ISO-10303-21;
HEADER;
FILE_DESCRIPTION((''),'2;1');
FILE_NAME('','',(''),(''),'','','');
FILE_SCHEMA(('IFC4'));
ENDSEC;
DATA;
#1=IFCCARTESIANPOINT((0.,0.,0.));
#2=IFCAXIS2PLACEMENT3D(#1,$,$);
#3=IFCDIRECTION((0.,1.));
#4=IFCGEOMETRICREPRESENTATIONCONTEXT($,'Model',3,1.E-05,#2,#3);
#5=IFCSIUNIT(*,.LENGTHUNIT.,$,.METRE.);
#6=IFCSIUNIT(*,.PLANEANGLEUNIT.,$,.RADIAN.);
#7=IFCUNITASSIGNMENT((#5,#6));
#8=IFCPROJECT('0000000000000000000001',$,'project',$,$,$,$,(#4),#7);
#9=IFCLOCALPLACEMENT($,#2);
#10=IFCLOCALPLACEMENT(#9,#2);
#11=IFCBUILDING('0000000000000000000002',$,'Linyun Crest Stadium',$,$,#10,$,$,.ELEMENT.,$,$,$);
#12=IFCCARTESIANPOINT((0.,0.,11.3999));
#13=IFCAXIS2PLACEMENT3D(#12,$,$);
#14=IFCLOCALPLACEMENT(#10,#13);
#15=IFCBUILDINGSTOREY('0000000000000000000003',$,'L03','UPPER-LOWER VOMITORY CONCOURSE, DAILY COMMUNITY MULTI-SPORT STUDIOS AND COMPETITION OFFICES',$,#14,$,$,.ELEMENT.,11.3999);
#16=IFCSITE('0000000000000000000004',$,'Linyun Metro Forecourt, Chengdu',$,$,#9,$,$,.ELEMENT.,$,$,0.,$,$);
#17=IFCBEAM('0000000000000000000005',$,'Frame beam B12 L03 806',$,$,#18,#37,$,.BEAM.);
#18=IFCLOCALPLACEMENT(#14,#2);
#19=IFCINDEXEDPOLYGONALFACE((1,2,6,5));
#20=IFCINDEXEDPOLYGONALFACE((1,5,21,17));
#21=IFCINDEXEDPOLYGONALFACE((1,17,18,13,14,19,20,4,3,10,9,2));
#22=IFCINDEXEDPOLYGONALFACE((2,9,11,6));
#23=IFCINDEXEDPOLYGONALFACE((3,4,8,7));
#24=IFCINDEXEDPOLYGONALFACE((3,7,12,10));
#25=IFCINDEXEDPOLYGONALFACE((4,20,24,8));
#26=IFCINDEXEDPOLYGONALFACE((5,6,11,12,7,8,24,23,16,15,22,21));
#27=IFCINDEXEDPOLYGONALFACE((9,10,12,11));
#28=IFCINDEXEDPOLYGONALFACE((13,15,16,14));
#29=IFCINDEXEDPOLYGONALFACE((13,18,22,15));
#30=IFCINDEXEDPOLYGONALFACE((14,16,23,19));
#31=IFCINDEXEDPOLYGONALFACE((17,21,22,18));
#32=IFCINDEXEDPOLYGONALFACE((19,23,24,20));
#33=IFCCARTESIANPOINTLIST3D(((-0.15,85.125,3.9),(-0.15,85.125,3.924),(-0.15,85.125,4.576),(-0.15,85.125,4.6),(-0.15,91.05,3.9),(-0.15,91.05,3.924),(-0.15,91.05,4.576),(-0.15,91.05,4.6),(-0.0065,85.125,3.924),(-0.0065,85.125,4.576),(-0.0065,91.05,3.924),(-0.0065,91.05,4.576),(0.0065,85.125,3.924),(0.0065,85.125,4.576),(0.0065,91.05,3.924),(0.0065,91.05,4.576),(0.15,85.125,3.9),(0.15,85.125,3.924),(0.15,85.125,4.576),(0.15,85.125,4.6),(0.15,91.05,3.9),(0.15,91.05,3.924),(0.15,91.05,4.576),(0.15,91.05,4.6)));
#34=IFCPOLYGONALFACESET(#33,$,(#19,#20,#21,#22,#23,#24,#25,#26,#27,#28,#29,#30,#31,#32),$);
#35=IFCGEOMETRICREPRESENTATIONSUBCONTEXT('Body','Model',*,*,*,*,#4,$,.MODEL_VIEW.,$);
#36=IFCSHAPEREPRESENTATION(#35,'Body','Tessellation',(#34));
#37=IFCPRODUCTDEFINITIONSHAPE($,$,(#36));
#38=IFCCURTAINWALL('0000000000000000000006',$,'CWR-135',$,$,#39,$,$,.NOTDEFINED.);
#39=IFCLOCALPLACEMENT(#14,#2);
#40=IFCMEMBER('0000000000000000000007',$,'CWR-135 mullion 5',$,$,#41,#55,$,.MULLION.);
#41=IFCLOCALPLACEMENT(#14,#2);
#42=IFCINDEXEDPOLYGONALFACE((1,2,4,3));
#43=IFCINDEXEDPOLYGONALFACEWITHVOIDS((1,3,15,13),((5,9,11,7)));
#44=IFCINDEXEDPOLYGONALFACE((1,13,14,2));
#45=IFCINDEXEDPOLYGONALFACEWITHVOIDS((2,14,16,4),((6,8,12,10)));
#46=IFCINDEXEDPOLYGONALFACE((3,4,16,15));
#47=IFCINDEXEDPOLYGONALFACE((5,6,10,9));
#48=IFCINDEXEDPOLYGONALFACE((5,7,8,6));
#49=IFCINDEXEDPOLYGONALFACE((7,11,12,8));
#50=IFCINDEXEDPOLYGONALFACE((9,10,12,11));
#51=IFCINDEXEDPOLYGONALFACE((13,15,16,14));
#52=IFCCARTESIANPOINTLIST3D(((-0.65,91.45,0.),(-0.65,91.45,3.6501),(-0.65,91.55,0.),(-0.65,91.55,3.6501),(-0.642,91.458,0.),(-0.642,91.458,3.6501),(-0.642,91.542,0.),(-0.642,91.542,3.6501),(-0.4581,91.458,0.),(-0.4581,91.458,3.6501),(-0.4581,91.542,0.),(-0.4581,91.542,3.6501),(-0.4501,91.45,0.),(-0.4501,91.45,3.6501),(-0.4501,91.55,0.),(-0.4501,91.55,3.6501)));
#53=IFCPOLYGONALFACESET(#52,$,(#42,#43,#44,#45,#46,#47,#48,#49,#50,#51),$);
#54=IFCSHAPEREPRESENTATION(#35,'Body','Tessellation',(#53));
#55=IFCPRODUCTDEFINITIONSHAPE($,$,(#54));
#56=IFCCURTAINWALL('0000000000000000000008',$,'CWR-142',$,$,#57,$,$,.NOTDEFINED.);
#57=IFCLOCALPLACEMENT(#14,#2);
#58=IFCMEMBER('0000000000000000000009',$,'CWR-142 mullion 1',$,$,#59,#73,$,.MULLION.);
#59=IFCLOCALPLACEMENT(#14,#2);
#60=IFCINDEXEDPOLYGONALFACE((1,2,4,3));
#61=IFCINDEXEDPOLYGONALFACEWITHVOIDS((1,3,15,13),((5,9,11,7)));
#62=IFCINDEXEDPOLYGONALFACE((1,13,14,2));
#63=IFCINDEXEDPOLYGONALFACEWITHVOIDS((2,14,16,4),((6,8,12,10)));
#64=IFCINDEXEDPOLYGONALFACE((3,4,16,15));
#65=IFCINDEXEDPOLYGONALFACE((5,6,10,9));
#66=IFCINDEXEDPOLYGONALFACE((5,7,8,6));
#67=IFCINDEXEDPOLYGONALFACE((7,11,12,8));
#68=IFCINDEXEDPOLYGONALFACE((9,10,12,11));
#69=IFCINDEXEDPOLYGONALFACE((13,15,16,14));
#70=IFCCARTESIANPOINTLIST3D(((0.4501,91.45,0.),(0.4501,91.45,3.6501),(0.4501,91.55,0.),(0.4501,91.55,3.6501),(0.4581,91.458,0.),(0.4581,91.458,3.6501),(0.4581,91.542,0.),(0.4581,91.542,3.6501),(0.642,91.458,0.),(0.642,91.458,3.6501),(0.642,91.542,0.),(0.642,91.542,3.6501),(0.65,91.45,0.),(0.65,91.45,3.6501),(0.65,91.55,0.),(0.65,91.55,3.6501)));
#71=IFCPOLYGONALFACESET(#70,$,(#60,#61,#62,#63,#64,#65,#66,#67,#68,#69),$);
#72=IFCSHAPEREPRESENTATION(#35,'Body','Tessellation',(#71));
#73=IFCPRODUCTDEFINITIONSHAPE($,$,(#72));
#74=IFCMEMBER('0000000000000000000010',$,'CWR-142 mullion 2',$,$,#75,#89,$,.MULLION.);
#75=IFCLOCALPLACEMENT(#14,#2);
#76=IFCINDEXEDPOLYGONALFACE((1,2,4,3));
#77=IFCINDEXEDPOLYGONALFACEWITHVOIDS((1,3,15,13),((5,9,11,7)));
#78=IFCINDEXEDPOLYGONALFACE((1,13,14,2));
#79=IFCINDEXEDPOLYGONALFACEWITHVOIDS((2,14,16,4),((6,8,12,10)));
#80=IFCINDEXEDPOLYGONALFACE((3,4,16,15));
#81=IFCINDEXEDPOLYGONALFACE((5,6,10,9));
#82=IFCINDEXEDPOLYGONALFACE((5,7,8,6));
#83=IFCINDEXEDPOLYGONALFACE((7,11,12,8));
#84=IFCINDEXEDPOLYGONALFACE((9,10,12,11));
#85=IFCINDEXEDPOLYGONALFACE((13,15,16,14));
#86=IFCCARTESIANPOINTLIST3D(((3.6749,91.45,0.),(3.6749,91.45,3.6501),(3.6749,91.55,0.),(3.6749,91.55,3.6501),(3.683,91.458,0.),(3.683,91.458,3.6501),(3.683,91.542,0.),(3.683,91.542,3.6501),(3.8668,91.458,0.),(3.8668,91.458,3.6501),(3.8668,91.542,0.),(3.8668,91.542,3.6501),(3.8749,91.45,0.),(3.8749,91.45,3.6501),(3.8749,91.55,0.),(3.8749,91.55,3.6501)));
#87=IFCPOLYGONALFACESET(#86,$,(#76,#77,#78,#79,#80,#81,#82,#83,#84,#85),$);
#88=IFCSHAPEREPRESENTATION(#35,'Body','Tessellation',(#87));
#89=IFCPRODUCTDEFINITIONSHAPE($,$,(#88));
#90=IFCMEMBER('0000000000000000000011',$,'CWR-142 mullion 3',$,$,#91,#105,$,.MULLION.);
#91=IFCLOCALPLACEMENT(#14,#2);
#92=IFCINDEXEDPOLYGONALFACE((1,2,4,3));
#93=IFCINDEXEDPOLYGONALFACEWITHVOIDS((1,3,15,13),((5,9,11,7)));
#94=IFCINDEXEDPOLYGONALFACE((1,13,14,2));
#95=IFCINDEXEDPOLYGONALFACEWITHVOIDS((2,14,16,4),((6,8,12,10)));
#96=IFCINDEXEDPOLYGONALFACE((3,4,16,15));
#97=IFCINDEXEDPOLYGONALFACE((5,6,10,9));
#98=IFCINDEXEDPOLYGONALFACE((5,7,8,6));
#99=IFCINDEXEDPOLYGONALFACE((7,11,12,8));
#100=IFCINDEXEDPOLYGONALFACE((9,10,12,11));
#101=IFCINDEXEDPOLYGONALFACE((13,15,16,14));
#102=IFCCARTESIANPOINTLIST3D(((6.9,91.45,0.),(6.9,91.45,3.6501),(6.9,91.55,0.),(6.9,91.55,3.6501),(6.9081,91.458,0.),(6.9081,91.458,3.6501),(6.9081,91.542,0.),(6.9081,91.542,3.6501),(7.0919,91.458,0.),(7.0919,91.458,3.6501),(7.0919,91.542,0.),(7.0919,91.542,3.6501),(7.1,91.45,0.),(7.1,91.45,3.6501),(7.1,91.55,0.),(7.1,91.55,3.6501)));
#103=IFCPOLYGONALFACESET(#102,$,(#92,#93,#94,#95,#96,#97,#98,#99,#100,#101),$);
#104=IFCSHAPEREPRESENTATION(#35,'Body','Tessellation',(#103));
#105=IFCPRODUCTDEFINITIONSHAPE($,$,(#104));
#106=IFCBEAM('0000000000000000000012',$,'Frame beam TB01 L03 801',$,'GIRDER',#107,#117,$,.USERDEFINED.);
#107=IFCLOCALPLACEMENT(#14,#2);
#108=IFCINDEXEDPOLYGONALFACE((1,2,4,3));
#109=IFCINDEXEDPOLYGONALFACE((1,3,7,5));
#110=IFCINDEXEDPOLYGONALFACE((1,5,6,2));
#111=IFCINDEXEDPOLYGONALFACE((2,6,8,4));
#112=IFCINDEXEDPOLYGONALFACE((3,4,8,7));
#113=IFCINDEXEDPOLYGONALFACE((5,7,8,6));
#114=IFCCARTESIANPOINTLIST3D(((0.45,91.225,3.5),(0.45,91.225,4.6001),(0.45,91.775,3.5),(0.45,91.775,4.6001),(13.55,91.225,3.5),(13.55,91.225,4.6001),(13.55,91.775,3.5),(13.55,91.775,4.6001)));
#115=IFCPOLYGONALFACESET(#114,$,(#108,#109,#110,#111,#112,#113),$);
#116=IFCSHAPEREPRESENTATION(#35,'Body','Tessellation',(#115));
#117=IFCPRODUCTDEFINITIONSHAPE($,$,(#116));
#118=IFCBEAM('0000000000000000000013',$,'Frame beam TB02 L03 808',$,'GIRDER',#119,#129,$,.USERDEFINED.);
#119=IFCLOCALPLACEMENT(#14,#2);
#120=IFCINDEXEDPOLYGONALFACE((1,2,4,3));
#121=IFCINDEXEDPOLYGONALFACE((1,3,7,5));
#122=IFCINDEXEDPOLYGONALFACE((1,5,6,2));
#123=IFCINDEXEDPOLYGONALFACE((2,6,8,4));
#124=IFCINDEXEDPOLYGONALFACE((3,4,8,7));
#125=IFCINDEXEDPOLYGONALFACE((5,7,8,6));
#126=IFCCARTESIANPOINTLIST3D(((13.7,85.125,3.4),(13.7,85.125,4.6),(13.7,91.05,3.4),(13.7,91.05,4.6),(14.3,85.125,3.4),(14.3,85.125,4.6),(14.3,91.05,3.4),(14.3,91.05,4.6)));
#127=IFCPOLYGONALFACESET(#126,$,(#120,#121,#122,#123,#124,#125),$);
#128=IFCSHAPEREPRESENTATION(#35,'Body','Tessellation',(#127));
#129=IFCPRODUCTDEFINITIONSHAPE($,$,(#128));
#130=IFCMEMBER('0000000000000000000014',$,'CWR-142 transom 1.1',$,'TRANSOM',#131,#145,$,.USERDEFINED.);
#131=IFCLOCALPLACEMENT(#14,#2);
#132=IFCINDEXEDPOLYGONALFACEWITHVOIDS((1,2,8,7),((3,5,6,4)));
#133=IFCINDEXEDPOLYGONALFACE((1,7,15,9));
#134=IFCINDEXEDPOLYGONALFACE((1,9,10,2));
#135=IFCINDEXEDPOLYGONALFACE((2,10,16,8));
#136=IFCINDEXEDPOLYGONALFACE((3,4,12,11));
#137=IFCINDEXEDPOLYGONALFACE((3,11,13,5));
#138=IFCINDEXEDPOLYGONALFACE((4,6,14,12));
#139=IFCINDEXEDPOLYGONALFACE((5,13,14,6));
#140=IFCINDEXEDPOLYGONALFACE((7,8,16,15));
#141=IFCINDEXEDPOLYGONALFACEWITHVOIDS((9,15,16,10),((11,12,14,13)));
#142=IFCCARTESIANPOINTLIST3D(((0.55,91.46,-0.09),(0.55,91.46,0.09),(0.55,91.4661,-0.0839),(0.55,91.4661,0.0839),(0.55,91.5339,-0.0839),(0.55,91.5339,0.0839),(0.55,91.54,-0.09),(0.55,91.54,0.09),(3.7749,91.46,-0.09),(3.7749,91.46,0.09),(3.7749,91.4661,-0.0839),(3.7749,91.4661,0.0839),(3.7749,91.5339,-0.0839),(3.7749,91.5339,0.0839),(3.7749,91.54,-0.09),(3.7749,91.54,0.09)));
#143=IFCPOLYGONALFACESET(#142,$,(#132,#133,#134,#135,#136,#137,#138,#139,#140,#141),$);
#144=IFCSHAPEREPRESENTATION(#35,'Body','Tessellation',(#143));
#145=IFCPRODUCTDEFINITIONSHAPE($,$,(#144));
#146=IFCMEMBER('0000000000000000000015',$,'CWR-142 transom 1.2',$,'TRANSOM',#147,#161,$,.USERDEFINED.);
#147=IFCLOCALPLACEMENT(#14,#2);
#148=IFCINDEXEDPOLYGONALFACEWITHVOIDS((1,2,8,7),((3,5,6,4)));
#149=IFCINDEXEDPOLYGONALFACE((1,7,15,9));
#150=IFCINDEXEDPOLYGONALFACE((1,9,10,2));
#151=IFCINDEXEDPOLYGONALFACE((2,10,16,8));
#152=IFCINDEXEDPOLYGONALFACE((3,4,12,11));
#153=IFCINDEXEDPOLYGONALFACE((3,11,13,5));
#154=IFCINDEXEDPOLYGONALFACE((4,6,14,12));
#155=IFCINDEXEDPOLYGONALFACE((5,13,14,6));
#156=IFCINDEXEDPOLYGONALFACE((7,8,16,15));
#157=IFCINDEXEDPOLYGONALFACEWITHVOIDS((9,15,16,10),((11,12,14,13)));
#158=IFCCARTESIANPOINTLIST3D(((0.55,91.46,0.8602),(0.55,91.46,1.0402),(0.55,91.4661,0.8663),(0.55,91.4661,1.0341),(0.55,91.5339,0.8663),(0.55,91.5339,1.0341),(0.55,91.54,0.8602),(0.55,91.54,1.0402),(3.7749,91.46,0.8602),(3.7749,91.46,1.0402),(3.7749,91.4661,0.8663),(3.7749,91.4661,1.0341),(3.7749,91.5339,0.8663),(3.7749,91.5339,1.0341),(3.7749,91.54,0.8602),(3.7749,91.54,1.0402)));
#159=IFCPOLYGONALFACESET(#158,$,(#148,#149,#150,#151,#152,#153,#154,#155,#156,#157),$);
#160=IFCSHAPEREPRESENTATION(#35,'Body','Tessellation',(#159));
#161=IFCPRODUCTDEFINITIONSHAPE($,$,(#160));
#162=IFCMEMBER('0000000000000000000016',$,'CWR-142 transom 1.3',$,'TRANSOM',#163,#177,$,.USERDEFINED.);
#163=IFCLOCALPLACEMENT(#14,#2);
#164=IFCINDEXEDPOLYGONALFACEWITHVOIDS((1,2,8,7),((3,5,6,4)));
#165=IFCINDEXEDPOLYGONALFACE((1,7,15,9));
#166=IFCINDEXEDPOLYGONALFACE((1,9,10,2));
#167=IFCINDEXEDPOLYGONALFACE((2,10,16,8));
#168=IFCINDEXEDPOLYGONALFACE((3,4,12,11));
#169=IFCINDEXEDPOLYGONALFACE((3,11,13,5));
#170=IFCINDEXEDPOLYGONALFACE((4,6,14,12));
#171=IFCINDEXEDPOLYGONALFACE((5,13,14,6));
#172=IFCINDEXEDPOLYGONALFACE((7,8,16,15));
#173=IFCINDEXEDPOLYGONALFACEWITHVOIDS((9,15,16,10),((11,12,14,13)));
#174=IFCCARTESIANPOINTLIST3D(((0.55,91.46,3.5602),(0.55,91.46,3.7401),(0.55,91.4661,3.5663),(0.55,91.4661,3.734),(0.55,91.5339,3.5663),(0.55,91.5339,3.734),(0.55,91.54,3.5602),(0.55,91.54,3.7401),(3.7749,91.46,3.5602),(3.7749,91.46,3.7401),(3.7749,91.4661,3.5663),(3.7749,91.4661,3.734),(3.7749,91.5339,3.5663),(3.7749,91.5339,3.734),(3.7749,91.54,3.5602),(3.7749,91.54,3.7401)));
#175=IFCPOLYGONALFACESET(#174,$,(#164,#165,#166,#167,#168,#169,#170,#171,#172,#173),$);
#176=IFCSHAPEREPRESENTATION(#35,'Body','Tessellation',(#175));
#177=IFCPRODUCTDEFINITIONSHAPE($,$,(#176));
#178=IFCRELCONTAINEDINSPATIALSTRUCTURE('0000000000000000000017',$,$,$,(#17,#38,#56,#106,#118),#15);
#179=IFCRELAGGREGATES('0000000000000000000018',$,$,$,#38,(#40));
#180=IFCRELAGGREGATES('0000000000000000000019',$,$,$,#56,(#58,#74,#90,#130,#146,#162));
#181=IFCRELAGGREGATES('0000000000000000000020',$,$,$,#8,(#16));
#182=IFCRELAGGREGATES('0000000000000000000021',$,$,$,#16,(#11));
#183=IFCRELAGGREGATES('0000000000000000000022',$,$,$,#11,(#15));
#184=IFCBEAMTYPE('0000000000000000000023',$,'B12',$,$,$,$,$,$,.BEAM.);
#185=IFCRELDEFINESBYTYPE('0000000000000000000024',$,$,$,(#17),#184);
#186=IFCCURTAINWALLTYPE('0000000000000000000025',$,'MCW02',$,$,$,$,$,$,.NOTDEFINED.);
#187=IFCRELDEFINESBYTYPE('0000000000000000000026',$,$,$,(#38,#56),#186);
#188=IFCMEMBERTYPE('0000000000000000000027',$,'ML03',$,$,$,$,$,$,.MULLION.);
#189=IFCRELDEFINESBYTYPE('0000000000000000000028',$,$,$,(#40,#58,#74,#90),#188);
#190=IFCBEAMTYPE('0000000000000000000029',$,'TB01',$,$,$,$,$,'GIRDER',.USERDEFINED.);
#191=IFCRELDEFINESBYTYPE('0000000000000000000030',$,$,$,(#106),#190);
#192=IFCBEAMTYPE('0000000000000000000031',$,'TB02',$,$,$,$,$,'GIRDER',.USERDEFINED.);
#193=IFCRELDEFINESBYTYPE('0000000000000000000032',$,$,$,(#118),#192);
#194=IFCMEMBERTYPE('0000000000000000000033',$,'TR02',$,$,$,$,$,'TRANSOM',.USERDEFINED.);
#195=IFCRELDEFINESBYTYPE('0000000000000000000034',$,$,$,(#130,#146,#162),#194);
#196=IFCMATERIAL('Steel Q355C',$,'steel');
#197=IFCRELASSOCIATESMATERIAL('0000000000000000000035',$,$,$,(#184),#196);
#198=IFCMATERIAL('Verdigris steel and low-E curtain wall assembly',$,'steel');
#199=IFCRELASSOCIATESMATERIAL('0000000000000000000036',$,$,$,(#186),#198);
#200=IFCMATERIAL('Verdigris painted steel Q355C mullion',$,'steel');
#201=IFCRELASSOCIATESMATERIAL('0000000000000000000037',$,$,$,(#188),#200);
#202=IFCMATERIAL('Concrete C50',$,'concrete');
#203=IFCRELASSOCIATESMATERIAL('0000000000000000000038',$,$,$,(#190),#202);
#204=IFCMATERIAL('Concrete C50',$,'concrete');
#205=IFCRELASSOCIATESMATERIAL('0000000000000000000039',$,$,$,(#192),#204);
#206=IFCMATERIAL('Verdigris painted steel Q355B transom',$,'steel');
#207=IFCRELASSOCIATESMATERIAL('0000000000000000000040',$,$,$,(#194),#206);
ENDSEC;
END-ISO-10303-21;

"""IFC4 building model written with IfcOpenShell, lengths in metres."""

from ifc_helpers import new_model, si_unit, direction, frame, origin, origin_2d, place, context, subcontext, project, spatial, rectangle, hollow_rectangle, i_section, extrude, material, material_profile, profile_set, type_object, element, aggregate, save


model = new_model("IFC4")

# Units and contexts
model_context = context("Model", 3, precision=1e-05, world=origin(), true_north=direction((0.0, 1.0)))
body_context = subcontext(model_context, "Body", "Model", "MODEL_VIEW")
ifc_project = project(units=[si_unit("LENGTHUNIT", "METRE"), si_unit("PLANEANGLEUNIT", "RADIAN")], contexts=[model_context])

# Site, building, storey
site_placement = place(None, origin())
site = spatial("IfcSite", under=ifc_project, at=site_placement, Name="Linyun Metro Forecourt, Chengdu", CompositionType="ELEMENT", RefElevation=0.0)
building_placement = place(site_placement, origin())
building = spatial("IfcBuilding", under=site, at=building_placement, Name="Linyun Crest Stadium", CompositionType="ELEMENT")
storey_placement = place(building_placement, frame((0.0, 0.0, 11.3999)))
storey = spatial("IfcBuildingStorey", under=building, at=storey_placement, Name="L03", Description="UPPER-LOWER VOMITORY CONCOURSE, DAILY COMMUNITY MULTI-SPORT STUDIOS AND COMPETITION OFFICES", CompositionType="ELEMENT", Elevation=11.3999)

# Beam
ifc_material_1 = material(Name="Steel Q355C", Category="steel")
ifc_material_profile_1 = material_profile(ifc_material_1, i_section(OverallWidth=0.3, OverallDepth=0.7, WebThickness=0.0129, FlangeThickness=0.0239, at=origin_2d()), Name="HN 700x300")
ifc_profile_set_1 = profile_set([ifc_material_profile_1], Name="Steel Q355C")
beam_type_1 = type_object("IfcBeamType", Name="B12", PredefinedType="BEAM", material=ifc_profile_set_1)
beam_1_placement = place(storey_placement, frame((0.0, 85.125, 4.25), z_axis=(0.0, 1.0, 0.0), x_axis=(-1.0, 0.0, 0.0)))
element("IfcBeam", 1, at=beam_1_placement, inside=storey, type_object=beam_type_1, Name="Frame beam B12 L03 806", PredefinedType="BEAM", context=body_context, shape_type="SweptSolid", body=[
    extrude(i_section(OverallWidth=0.3, OverallDepth=0.7, WebThickness=0.0129, FlangeThickness=0.0239, at=origin_2d()), origin(), (0.0, 0.0, 1.0), 5.925),
])

# Curtain wall, member
ifc_material_2 = material(Name="Verdigris steel and low-E curtain wall assembly", Category="steel")
curtain_wall_type = type_object("IfcCurtainWallType", Name="MCW02", PredefinedType="NOTDEFINED", material=ifc_material_2)
curtain_wall_1_placement = place(storey_placement, origin())
curtain_wall_1 = element("IfcCurtainWall", 2, at=curtain_wall_1_placement, inside=storey, type_object=curtain_wall_type, Name="CWR-135", PredefinedType="NOTDEFINED")
ifc_material_3 = material(Name="Verdigris painted steel Q355C mullion", Category="steel")
ifc_material_profile_2 = material_profile(ifc_material_3, hollow_rectangle(XDim=0.1001, YDim=0.2, WallThickness=0.0081, at=origin_2d()), Name="RHS 200x100x8")
ifc_profile_set_2 = profile_set([ifc_material_profile_2], Name="Verdigris painted steel Q355C mullion")
member_type_1 = type_object("IfcMemberType", Name="ML03", PredefinedType="MULLION", material=ifc_profile_set_2)
member_1_placement = place(storey_placement, frame((-0.55, 91.5, 0.0), z_axis=(0.0, 0.0, 1.0), x_axis=(0.0, 1.0, 0.0)))
member_1 = element("IfcMember", 3, at=member_1_placement, type_object=member_type_1, Name="CWR-135 mullion 5", PredefinedType="MULLION", context=body_context, shape_type="SweptSolid", body=[
    extrude(hollow_rectangle(XDim=0.1001, YDim=0.2, WallThickness=0.0081, at=origin_2d()), origin(), (0.0, 0.0, 1.0), 3.6501),
])
aggregate(curtain_wall_1, [member_1])

# Curtain wall, members
curtain_wall_2_placement = place(storey_placement, origin())
curtain_wall_2 = element("IfcCurtainWall", 4, at=curtain_wall_2_placement, inside=storey, type_object=curtain_wall_type, Name="CWR-142", PredefinedType="NOTDEFINED")
member_2_placement = place(storey_placement, frame((0.55, 91.5, 0.0), z_axis=(0.0, 0.0, 1.0), x_axis=(0.0, 1.0, 0.0)))
member_2 = element("IfcMember", 5, at=member_2_placement, type_object=member_type_1, Name="CWR-142 mullion 1", PredefinedType="MULLION", context=body_context, shape_type="SweptSolid", body=[
    extrude(hollow_rectangle(XDim=0.1001, YDim=0.2, WallThickness=0.0081, at=origin_2d()), origin(), (0.0, 0.0, 1.0), 3.6501),
])
member_3_placement = place(storey_placement, frame((3.7749, 91.5, 0.0), z_axis=(0.0, 0.0, 1.0), x_axis=(0.0, 1.0, 0.0)))
member_3 = element("IfcMember", 6, at=member_3_placement, type_object=member_type_1, Name="CWR-142 mullion 2", PredefinedType="MULLION", context=body_context, shape_type="SweptSolid", body=[
    extrude(hollow_rectangle(XDim=0.1001, YDim=0.2, WallThickness=0.0081, at=origin_2d()), origin(), (0.0, 0.0, 1.0), 3.6501),
])
member_4_placement = place(storey_placement, frame((7.0, 91.5, 0.0), z_axis=(0.0, 0.0, 1.0), x_axis=(0.0, 1.0, 0.0)))
member_4 = element("IfcMember", 7, at=member_4_placement, type_object=member_type_1, Name="CWR-142 mullion 3", PredefinedType="MULLION", context=body_context, shape_type="SweptSolid", body=[
    extrude(hollow_rectangle(XDim=0.1001, YDim=0.2, WallThickness=0.0081, at=origin_2d()), origin(), (0.0, 0.0, 1.0), 3.6501),
])

# Beams
ifc_material_4 = material(Name="Concrete C50", Category="concrete")
ifc_material_profile_3 = material_profile(ifc_material_4, rectangle(XDim=0.55, YDim=1.1001, at=origin_2d()), Name="RCB 1100x550")
ifc_profile_set_3 = profile_set([ifc_material_profile_3], Name="Concrete C50")
beam_type_2 = type_object("IfcBeamType", Name="TB01", ElementType="GIRDER", PredefinedType="USERDEFINED", material=ifc_profile_set_3)
beam_2_placement = place(storey_placement, frame((0.45, 91.5, 4.05), z_axis=(1.0, 0.0, 0.0), x_axis=(0.0, 1.0, 0.0)))
element("IfcBeam", 8, at=beam_2_placement, inside=storey, type_object=beam_type_2, Name="Frame beam TB01 L03 801", ObjectType="GIRDER", PredefinedType="USERDEFINED", context=body_context, shape_type="SweptSolid", body=[
    extrude(rectangle(XDim=0.55, YDim=1.1001, at=origin_2d()), origin(), (0.0, 0.0, 1.0), 13.1001),
])
ifc_material_5 = material(Name="Concrete C50", Category="concrete")
ifc_material_profile_4 = material_profile(ifc_material_5, rectangle(XDim=0.6001, YDim=1.2, at=origin_2d()), Name="RCB 1200x600")
ifc_profile_set_4 = profile_set([ifc_material_profile_4], Name="Concrete C50")
beam_type_3 = type_object("IfcBeamType", Name="TB02", ElementType="GIRDER", PredefinedType="USERDEFINED", material=ifc_profile_set_4)
beam_3_placement = place(storey_placement, frame((14.0, 85.125, 4.0), z_axis=(0.0, 1.0, 0.0), x_axis=(-1.0, 0.0, 0.0)))
element("IfcBeam", 9, at=beam_3_placement, inside=storey, type_object=beam_type_3, Name="Frame beam TB02 L03 808", ObjectType="GIRDER", PredefinedType="USERDEFINED", context=body_context, shape_type="SweptSolid", body=[
    extrude(rectangle(XDim=0.6001, YDim=1.2, at=origin_2d()), origin(), (0.0, 0.0, 1.0), 5.925),
])

# Members
ifc_material_6 = material(Name="Verdigris painted steel Q355B transom", Category="steel")
ifc_material_profile_5 = material_profile(ifc_material_6, hollow_rectangle(XDim=0.0801, YDim=0.1799, WallThickness=0.0061, at=origin_2d()), Name="RHS 180x80x6")
ifc_profile_set_5 = profile_set([ifc_material_profile_5], Name="Verdigris painted steel Q355B transom")
member_type_2 = type_object("IfcMemberType", Name="TR02", ElementType="TRANSOM", PredefinedType="USERDEFINED", material=ifc_profile_set_5)
member_5_placement = place(storey_placement, frame((0.55, 91.5, 0.0), z_axis=(1.0, 0.0, 0.0), x_axis=(0.0, 1.0, 0.0)))
member_5 = element("IfcMember", 10, at=member_5_placement, type_object=member_type_2, Name="CWR-142 transom 1.1", ObjectType="TRANSOM", PredefinedType="USERDEFINED", context=body_context, shape_type="SweptSolid", body=[
    extrude(hollow_rectangle(XDim=0.0801, YDim=0.1799, WallThickness=0.0061, at=origin_2d()), origin(), (0.0, 0.0, 1.0), 3.2249),
])
member_6_placement = place(storey_placement, frame((0.55, 91.5, 0.9502), z_axis=(1.0, 0.0, 0.0), x_axis=(0.0, 1.0, 0.0)))
member_6 = element("IfcMember", 11, at=member_6_placement, type_object=member_type_2, Name="CWR-142 transom 1.2", ObjectType="TRANSOM", PredefinedType="USERDEFINED", context=body_context, shape_type="SweptSolid", body=[
    extrude(hollow_rectangle(XDim=0.0801, YDim=0.1799, WallThickness=0.0061, at=origin_2d()), origin(), (0.0, 0.0, 1.0), 3.2249),
])
member_7_placement = place(storey_placement, frame((0.55, 91.5, 3.6501), z_axis=(1.0, 0.0, 0.0), x_axis=(0.0, 1.0, 0.0)))
member_7 = element("IfcMember", 12, at=member_7_placement, type_object=member_type_2, Name="CWR-142 transom 1.3", ObjectType="TRANSOM", PredefinedType="USERDEFINED", context=body_context, shape_type="SweptSolid", body=[
    extrude(hollow_rectangle(XDim=0.0801, YDim=0.1799, WallThickness=0.0061, at=origin_2d()), origin(), (0.0, 0.0, 1.0), 3.2249),
])

aggregate(curtain_wall_2, [member_2, member_3, member_4, member_5, member_6, member_7])

save(model, "model.ifc")
